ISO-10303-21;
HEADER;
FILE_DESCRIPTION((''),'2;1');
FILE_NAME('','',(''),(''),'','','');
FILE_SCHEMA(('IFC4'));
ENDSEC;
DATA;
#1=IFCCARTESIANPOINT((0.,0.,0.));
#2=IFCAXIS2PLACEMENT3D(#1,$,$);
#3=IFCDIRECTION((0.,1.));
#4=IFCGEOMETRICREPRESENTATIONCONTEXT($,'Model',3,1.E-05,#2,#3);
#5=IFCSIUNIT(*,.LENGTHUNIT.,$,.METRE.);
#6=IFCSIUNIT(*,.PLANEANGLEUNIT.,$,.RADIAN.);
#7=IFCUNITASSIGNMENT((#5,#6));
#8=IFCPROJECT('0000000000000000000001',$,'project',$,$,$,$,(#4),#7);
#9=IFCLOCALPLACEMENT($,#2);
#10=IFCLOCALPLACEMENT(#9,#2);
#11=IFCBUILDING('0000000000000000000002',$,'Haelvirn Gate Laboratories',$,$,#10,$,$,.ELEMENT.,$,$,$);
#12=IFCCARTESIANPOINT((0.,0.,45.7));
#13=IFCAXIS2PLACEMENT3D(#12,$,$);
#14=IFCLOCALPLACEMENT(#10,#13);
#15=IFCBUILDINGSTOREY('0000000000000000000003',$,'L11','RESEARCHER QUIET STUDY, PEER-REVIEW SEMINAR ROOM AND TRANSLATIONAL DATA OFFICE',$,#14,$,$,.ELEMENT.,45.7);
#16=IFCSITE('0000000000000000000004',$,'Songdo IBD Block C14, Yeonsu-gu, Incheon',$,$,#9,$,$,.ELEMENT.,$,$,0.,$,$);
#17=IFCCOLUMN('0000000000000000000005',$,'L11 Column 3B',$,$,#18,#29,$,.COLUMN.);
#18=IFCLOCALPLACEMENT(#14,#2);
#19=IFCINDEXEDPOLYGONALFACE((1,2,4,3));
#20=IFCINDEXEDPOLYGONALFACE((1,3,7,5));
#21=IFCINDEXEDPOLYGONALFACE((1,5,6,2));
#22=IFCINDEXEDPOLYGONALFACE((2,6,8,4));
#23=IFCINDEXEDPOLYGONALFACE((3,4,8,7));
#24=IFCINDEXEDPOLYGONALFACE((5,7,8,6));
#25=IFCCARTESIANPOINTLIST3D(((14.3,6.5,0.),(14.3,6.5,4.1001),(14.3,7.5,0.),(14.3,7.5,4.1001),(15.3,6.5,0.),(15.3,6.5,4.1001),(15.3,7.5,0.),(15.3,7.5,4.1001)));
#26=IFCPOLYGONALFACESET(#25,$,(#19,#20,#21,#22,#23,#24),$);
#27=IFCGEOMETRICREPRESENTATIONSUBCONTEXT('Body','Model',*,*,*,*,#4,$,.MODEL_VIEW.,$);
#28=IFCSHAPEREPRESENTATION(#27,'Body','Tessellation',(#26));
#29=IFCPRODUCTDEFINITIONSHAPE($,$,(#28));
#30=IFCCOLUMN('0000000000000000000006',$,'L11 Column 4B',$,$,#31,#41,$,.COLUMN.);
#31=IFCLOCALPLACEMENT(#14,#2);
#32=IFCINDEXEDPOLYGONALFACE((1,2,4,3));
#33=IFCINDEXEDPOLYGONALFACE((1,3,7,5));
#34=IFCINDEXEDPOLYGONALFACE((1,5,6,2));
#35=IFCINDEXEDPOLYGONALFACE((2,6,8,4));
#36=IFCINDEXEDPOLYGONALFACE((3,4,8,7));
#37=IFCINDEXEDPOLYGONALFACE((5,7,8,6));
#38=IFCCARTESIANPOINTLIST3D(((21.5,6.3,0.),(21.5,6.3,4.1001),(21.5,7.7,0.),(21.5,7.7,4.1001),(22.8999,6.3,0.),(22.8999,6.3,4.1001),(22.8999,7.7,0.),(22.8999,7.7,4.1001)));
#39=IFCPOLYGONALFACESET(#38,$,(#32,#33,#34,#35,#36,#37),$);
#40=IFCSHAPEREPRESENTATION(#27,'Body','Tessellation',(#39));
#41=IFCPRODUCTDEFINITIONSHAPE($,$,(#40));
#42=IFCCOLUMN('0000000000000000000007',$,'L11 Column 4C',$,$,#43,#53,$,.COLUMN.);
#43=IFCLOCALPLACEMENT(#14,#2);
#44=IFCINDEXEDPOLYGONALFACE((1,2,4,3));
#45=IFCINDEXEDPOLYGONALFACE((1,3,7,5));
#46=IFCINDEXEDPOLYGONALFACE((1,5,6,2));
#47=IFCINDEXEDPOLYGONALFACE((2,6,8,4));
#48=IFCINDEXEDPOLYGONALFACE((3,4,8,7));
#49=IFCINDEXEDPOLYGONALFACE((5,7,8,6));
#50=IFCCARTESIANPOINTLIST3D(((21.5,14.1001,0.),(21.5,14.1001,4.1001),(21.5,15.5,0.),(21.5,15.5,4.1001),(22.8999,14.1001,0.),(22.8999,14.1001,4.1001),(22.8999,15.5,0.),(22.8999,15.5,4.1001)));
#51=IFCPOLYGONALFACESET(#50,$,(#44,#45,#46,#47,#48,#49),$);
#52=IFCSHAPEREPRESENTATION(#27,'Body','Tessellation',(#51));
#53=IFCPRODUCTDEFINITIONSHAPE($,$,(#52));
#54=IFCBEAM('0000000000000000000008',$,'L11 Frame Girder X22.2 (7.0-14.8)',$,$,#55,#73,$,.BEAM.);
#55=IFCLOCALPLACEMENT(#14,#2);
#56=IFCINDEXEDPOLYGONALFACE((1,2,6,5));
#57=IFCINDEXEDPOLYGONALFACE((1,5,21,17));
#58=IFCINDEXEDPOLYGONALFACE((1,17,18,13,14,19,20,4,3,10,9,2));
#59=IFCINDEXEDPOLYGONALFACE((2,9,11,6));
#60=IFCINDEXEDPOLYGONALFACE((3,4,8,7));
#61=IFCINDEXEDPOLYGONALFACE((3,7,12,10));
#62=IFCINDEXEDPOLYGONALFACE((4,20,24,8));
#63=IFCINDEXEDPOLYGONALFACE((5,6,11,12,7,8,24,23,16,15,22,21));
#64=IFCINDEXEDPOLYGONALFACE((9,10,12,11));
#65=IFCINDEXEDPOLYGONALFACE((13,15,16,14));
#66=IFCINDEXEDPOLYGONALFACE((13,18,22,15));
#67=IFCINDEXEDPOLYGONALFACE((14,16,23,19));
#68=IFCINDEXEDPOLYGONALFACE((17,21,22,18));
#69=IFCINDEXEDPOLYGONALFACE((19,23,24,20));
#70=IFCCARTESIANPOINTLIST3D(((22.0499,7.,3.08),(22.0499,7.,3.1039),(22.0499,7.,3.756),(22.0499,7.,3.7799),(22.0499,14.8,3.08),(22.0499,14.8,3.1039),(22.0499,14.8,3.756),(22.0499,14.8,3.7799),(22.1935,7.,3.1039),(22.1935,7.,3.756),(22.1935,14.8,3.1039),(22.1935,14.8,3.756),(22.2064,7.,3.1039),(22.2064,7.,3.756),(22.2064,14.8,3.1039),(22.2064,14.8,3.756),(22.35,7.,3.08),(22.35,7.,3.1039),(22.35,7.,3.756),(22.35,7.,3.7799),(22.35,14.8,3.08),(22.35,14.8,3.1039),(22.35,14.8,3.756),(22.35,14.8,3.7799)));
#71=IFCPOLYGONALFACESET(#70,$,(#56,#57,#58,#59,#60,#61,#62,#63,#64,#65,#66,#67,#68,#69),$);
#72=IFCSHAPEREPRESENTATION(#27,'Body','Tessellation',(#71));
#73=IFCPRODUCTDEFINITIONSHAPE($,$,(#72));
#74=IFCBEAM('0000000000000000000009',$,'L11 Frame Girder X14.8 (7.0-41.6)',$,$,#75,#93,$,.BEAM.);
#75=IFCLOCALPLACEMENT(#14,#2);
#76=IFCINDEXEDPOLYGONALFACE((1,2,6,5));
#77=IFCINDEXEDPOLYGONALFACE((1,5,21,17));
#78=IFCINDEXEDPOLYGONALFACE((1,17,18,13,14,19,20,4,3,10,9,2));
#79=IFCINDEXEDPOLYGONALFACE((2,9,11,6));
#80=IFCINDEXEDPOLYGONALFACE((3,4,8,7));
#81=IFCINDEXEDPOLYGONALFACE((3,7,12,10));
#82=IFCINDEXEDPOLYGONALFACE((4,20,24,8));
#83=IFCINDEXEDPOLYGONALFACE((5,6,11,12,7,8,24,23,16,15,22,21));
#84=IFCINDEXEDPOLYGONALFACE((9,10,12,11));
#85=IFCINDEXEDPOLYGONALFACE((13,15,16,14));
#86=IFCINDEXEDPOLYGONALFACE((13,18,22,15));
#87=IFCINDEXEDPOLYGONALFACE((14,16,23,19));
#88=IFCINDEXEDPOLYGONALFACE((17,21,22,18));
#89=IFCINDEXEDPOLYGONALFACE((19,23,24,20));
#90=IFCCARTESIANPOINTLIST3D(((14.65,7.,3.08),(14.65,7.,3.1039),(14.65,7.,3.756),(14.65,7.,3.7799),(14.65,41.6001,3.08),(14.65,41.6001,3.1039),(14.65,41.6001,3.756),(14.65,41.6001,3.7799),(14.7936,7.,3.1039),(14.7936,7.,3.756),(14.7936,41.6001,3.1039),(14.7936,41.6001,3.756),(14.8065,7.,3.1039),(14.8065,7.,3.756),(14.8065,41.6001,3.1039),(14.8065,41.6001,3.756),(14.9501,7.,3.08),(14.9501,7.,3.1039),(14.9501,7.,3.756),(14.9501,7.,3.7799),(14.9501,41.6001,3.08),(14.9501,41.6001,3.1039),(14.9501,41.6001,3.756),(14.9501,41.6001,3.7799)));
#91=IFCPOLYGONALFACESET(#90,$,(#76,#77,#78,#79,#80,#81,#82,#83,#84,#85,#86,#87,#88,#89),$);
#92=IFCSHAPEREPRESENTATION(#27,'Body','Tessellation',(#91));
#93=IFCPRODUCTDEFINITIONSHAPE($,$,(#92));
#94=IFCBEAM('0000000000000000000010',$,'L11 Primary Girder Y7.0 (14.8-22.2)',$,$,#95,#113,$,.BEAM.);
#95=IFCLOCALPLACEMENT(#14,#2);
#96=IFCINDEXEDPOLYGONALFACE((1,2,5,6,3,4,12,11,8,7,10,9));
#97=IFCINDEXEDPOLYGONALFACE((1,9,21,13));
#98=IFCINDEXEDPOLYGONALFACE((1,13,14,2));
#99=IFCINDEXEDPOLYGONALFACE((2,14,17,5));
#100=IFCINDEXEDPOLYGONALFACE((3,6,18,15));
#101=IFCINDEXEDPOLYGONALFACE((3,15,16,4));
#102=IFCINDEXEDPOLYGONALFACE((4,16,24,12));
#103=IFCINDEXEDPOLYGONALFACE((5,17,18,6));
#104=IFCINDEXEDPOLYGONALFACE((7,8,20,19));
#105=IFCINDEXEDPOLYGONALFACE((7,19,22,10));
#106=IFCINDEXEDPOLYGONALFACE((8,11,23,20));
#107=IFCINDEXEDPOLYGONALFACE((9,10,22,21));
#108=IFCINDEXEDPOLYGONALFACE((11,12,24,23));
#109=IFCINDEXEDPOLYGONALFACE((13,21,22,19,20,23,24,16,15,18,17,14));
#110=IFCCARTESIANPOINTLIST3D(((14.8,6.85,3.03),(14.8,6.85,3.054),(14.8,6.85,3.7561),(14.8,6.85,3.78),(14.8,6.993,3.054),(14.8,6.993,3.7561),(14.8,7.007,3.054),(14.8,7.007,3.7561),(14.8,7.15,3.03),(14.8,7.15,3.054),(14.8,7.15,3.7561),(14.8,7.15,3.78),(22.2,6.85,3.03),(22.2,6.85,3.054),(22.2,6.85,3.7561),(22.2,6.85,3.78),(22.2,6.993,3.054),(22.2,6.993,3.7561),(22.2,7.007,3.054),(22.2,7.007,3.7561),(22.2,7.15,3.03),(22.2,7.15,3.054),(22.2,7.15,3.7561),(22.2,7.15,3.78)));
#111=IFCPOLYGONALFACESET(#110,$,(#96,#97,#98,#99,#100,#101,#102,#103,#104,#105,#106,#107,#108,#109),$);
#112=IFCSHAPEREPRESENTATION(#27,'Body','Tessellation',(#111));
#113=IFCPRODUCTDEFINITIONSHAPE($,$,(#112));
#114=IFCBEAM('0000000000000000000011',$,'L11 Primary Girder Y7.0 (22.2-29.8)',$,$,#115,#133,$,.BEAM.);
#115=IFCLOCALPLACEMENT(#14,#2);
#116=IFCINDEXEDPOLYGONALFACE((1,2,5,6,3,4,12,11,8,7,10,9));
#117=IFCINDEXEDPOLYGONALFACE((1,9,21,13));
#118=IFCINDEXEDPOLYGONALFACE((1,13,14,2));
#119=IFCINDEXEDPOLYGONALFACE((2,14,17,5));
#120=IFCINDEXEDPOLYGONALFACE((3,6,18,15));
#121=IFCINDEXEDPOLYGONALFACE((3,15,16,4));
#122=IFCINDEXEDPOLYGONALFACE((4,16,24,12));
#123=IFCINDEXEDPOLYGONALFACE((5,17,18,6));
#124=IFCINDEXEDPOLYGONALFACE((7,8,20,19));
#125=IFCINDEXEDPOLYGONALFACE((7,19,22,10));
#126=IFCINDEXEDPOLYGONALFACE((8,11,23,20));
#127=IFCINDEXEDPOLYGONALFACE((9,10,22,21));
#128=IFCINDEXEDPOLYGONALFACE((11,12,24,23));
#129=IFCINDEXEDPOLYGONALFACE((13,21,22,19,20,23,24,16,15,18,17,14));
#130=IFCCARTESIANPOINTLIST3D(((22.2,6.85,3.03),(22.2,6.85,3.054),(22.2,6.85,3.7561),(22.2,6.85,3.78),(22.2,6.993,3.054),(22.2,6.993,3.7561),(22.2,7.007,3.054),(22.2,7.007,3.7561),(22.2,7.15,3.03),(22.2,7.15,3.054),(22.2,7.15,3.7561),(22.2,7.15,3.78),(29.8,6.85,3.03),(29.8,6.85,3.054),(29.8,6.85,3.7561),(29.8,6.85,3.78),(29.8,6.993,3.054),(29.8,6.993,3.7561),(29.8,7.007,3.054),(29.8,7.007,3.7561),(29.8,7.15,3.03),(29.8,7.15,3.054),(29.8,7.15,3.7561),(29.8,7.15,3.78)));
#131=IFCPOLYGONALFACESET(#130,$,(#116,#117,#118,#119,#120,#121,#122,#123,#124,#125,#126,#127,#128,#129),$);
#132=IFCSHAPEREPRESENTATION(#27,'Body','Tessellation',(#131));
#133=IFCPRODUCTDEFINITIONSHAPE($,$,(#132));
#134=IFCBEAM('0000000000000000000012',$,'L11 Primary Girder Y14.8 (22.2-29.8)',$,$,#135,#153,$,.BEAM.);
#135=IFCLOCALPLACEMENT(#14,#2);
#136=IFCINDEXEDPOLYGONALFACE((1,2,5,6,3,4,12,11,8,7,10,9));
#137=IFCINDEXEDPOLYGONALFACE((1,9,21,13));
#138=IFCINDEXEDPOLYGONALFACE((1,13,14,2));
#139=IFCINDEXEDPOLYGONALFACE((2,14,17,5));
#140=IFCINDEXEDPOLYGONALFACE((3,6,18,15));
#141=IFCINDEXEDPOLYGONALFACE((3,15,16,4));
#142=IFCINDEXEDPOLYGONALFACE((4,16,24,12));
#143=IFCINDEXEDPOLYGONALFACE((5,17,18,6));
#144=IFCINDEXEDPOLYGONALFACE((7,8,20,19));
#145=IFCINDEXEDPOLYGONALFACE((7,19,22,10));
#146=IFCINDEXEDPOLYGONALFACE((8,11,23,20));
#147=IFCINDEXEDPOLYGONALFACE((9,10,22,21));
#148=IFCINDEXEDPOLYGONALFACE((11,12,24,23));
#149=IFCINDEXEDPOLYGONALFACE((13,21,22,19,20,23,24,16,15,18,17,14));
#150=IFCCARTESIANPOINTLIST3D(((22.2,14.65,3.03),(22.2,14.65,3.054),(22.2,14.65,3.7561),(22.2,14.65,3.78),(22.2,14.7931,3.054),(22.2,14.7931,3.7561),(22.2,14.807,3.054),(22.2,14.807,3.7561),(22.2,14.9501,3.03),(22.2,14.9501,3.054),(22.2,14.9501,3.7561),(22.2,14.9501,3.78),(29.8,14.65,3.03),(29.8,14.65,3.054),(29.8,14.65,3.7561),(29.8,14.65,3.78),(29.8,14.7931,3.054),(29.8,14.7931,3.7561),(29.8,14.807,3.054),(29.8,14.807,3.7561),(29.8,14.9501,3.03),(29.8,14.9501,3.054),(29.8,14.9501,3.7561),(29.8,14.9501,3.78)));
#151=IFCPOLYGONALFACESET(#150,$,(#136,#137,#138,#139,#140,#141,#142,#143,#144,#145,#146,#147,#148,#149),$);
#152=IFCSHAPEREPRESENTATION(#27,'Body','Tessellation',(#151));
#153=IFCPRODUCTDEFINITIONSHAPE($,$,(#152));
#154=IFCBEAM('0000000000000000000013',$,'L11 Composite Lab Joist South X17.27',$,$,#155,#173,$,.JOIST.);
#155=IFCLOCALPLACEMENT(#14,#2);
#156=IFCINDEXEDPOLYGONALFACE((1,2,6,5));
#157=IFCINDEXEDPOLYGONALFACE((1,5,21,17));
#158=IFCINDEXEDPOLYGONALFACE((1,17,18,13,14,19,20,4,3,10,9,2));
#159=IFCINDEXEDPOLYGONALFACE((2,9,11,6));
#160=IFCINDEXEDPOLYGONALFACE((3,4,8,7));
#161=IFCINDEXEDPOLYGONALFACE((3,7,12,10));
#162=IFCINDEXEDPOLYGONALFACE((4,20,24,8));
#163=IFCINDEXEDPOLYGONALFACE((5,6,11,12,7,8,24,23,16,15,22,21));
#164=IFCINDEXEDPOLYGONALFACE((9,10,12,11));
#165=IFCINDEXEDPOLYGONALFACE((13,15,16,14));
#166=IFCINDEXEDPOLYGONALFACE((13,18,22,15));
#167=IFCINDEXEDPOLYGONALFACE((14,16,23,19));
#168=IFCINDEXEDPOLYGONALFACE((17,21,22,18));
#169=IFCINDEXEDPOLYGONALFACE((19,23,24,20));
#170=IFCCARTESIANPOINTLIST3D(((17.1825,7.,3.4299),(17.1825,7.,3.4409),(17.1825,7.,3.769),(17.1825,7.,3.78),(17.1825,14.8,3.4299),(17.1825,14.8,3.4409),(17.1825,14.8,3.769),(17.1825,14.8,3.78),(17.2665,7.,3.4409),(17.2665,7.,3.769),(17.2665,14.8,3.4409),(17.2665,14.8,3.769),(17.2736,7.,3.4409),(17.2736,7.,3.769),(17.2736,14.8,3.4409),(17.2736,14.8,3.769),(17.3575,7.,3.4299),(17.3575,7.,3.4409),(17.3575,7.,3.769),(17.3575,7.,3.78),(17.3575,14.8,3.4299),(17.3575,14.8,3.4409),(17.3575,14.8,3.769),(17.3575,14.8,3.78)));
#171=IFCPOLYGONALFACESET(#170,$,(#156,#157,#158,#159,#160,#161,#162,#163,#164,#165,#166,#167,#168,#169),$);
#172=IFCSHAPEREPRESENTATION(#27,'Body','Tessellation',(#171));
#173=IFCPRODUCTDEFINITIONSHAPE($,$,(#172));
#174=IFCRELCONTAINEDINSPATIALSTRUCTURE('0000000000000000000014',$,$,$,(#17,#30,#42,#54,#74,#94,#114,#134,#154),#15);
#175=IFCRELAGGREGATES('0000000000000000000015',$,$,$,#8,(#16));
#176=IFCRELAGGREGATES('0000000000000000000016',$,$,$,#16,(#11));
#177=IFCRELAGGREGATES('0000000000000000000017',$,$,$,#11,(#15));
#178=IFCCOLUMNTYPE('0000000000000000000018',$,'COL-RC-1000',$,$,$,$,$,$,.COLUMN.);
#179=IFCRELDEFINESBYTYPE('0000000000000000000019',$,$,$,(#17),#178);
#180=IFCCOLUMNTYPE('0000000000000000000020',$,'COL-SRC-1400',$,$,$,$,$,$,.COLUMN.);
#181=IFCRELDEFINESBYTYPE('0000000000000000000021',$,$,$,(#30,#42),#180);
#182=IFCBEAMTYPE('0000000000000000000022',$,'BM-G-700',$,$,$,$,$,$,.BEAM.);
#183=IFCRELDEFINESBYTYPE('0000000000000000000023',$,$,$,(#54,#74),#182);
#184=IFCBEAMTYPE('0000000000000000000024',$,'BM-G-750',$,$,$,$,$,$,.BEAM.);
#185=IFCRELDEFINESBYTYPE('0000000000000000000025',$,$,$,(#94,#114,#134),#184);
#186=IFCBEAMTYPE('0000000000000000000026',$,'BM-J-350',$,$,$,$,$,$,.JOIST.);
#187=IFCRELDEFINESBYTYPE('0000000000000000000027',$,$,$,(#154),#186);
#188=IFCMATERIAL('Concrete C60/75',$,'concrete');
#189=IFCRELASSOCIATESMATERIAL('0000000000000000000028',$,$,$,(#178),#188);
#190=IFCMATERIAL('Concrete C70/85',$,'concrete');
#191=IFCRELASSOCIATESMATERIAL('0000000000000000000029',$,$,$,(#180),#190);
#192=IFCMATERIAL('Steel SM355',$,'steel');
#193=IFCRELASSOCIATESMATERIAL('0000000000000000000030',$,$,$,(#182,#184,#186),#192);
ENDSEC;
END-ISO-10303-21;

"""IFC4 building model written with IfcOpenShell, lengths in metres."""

from ifc_helpers import new_model, si_unit, direction, frame, origin, origin_2d, place, context, subcontext, project, spatial, rectangle, i_section, extrude, source, transform, mapped, material, material_profile, profile_set, type_object, type_shapes, element, save


model = new_model("IFC4")

# Units and contexts
model_context = context("Model", 3, precision=1e-05, world=origin(), true_north=direction((0.0, 1.0)))
body_context = subcontext(model_context, "Body", "Model", "MODEL_VIEW")
ifc_project = project(units=[si_unit("LENGTHUNIT", "METRE"), si_unit("PLANEANGLEUNIT", "RADIAN")], contexts=[model_context])

# Site, building, storey
site_placement = place(None, origin())
site = spatial("IfcSite", under=ifc_project, at=site_placement, Name="Songdo IBD Block C14, Yeonsu-gu, Incheon", CompositionType="ELEMENT", RefElevation=0.0)
building_placement = place(site_placement, origin())
building = spatial("IfcBuilding", under=site, at=building_placement, Name="Haelvirn Gate Laboratories", CompositionType="ELEMENT")
storey_placement = place(building_placement, frame((0.0, 0.0, 45.7)))
storey = spatial("IfcBuildingStorey", under=building, at=storey_placement, Name="L11", Description="RESEARCHER QUIET STUDY, PEER-REVIEW SEMINAR ROOM AND TRANSLATIONAL DATA OFFICE", CompositionType="ELEMENT", Elevation=45.7)

# Columns
ifc_material_1 = material(Name="Concrete C60/75", Category="concrete")
ifc_material_profile_1 = material_profile(ifc_material_1, rectangle(XDim=1.0, YDim=1.0, at=origin_2d()), Name="RC-1000x1000")
ifc_profile_set_1 = profile_set([ifc_material_profile_1], Name="Concrete C60/75")
column_type_1 = type_object("IfcColumnType", Name="COL-RC-1000", PredefinedType="COLUMN", material=ifc_profile_set_1)
shared_shape_1 = source(origin(), body_context, "Body", "SweptSolid", [
    extrude(rectangle(XDim=1.0, YDim=1.0, at=origin_2d()), origin(), (0.0, 0.0, 1.0), 4.1001),
])
type_shapes(column_type_1, [shared_shape_1])
column_placement = place(storey_placement, frame((14.8, 7.0, 0.0), z_axis=(0.0, 0.0, 1.0), x_axis=(1.0, 0.0, 0.0)))
element("IfcColumn", 1, at=column_placement, inside=storey, type_object=column_type_1, Name="L11 Column 3B", PredefinedType="COLUMN", context=body_context, shape_type="MappedRepresentation", body=[
    mapped(shared_shape_1, transform((0.0, 0.0, 0.0), scale=1.0)),
])
ifc_material_2 = material(Name="Concrete C70/85", Category="concrete")
ifc_material_profile_2 = material_profile(ifc_material_2, rectangle(XDim=1.3999, YDim=1.3999, at=origin_2d()), Name="SRC-1400x1400")
ifc_profile_set_2 = profile_set([ifc_material_profile_2], Name="Concrete C70/85")
column_type_2 = type_object("IfcColumnType", Name="COL-SRC-1400", PredefinedType="COLUMN", material=ifc_profile_set_2)
shared_shape_2 = source(origin(), body_context, "Body", "SweptSolid", [
    extrude(rectangle(XDim=1.3999, YDim=1.3999, at=origin_2d()), origin(), (0.0, 0.0, 1.0), 4.1001),
])
type_shapes(column_type_2, [shared_shape_2])
for number, where, z_axis, x_axis, name in (
    (2, (22.2, 7.0, 0.0), (0.0, 0.0, 1.0), (1.0, 0.0, 0.0), "L11 Column 4B"),
    (3, (22.2, 14.8, 0.0), (0.0, 0.0, 1.0), (1.0, 0.0, 0.0), "L11 Column 4C"),
):
    element("IfcColumn", number, at=place(storey_placement, frame(where, z_axis=z_axis, x_axis=x_axis)), inside=storey, type_object=column_type_2, Name=name, PredefinedType="COLUMN", context=body_context, shape_type="MappedRepresentation", body=[
        mapped(shared_shape_2, transform((0.0, 0.0, 0.0), scale=1.0)),
    ])

# Beams
ifc_material_3 = material(Name="Steel SM355", Category="steel")
ifc_material_profile_3 = material_profile(ifc_material_3, i_section(OverallWidth=0.3, OverallDepth=0.7, WebThickness=0.0129, FlangeThickness=0.0239, at=origin_2d()), Name="H-700x300x13x24")
ifc_profile_set_3 = profile_set([ifc_material_profile_3], Name="Steel SM355")
beam_type_1 = type_object("IfcBeamType", Name="BM-G-700", PredefinedType="BEAM", material=ifc_profile_set_3)
shared_shape_3 = source(origin(), body_context, "Body", "SweptSolid", [
    extrude(i_section(OverallWidth=0.3, OverallDepth=0.7, WebThickness=0.0129, FlangeThickness=0.0239, at=origin_2d()), origin(), (0.0, 0.0, 1.0), 7.8),
])
beam_1_placement = place(storey_placement, frame((22.2, 7.0, 3.4299), z_axis=(0.0, 1.0, 0.0), x_axis=(-1.0, 0.0, 0.0)))
element("IfcBeam", 4, at=beam_1_placement, inside=storey, type_object=beam_type_1, Name="L11 Frame Girder X22.2 (7.0-14.8)", PredefinedType="BEAM", context=body_context, shape_type="MappedRepresentation", body=[
    mapped(shared_shape_3, transform((0.0, 0.0, 0.0), scale=1.0)),
])
shared_shape_4 = source(origin(), body_context, "Body", "SweptSolid", [
    extrude(i_section(OverallWidth=0.3, OverallDepth=0.7, WebThickness=0.0129, FlangeThickness=0.0239, at=origin_2d()), origin(), (0.0, 0.0, 1.0), 34.6001),
])
type_shapes(beam_type_1, [shared_shape_3, shared_shape_4])
beam_2_placement = place(storey_placement, frame((14.8, 7.0, 3.4299), z_axis=(0.0, 1.0, 0.0), x_axis=(-1.0, 0.0, 0.0)))
element("IfcBeam", 5, at=beam_2_placement, inside=storey, type_object=beam_type_1, Name="L11 Frame Girder X14.8 (7.0-41.6)", PredefinedType="BEAM", context=body_context, shape_type="MappedRepresentation", body=[
    mapped(shared_shape_4, transform((0.0, 0.0, 0.0), scale=1.0)),
])
ifc_material_profile_4 = material_profile(ifc_material_3, i_section(OverallWidth=0.3, OverallDepth=0.75, WebThickness=0.0139, FlangeThickness=0.0239, at=origin_2d()), Name="H-750x300x14x24")
ifc_profile_set_4 = profile_set([ifc_material_profile_4], Name="Steel SM355")
beam_type_2 = type_object("IfcBeamType", Name="BM-G-750", PredefinedType="BEAM", material=ifc_profile_set_4)
shared_shape_5 = source(origin(), body_context, "Body", "SweptSolid", [
    extrude(i_section(OverallWidth=0.3, OverallDepth=0.75, WebThickness=0.0139, FlangeThickness=0.0239, at=origin_2d()), origin(), (0.0, 0.0, 1.0), 7.3999),
])
beam_3_placement = place(storey_placement, frame((14.8, 7.0, 3.405), z_axis=(1.0, 0.0, 0.0), x_axis=(0.0, 1.0, 0.0)))
element("IfcBeam", 6, at=beam_3_placement, inside=storey, type_object=beam_type_2, Name="L11 Primary Girder Y7.0 (14.8-22.2)", PredefinedType="BEAM", context=body_context, shape_type="MappedRepresentation", body=[
    mapped(shared_shape_5, transform((0.0, 0.0, 0.0), scale=1.0)),
])
shared_shape_6 = source(origin(), body_context, "Body", "SweptSolid", [
    extrude(i_section(OverallWidth=0.3, OverallDepth=0.75, WebThickness=0.0139, FlangeThickness=0.0239, at=origin_2d()), origin(), (0.0, 0.0, 1.0), 7.6001),
])
type_shapes(beam_type_2, [shared_shape_5, shared_shape_6])
for number, where, z_axis, x_axis, name in (
    (7, (22.2, 7.0, 3.405), (1.0, 0.0, 0.0), (0.0, 1.0, 0.0), "L11 Primary Girder Y7.0 (22.2-29.8)"),
    (8, (22.2, 14.8, 3.405), (1.0, 0.0, 0.0), (0.0, 1.0, 0.0), "L11 Primary Girder Y14.8 (22.2-29.8)"),
):
    element("IfcBeam", number, at=place(storey_placement, frame(where, z_axis=z_axis, x_axis=x_axis)), inside=storey, type_object=beam_type_2, Name=name, PredefinedType="BEAM", context=body_context, shape_type="MappedRepresentation", body=[
        mapped(shared_shape_6, transform((0.0, 0.0, 0.0), scale=1.0)),
    ])
ifc_material_profile_5 = material_profile(ifc_material_3, i_section(OverallWidth=0.175, OverallDepth=0.3501, WebThickness=0.0071, FlangeThickness=0.011, at=origin_2d()), Name="H-350x175x7x11")
ifc_profile_set_5 = profile_set([ifc_material_profile_5], Name="Steel SM355")
beam_type_3 = type_object("IfcBeamType", Name="BM-J-350", PredefinedType="JOIST", material=ifc_profile_set_5)
shared_shape_7 = source(origin(), body_context, "Body", "SweptSolid", [
    extrude(i_section(OverallWidth=0.175, OverallDepth=0.3501, WebThickness=0.0071, FlangeThickness=0.011, at=origin_2d()), origin(), (0.0, 0.0, 1.0), 7.8),
])
type_shapes(beam_type_3, [shared_shape_7])
for number, where, z_axis, x_axis, name in (
    (9, (17.27, 7.0, 3.605), (0.0, 1.0, 0.0), (-1.0, 0.0, 0.0), "L11 Composite Lab Joist South X17.27"),
):
    element("IfcBeam", number, at=place(storey_placement, frame(where, z_axis=z_axis, x_axis=x_axis)), inside=storey, type_object=beam_type_3, Name=name, PredefinedType="JOIST", context=body_context, shape_type="MappedRepresentation", body=[
        mapped(shared_shape_7, transform((0.0, 0.0, 0.0), scale=1.0)),
    ])

save(model, "model.ifc")
